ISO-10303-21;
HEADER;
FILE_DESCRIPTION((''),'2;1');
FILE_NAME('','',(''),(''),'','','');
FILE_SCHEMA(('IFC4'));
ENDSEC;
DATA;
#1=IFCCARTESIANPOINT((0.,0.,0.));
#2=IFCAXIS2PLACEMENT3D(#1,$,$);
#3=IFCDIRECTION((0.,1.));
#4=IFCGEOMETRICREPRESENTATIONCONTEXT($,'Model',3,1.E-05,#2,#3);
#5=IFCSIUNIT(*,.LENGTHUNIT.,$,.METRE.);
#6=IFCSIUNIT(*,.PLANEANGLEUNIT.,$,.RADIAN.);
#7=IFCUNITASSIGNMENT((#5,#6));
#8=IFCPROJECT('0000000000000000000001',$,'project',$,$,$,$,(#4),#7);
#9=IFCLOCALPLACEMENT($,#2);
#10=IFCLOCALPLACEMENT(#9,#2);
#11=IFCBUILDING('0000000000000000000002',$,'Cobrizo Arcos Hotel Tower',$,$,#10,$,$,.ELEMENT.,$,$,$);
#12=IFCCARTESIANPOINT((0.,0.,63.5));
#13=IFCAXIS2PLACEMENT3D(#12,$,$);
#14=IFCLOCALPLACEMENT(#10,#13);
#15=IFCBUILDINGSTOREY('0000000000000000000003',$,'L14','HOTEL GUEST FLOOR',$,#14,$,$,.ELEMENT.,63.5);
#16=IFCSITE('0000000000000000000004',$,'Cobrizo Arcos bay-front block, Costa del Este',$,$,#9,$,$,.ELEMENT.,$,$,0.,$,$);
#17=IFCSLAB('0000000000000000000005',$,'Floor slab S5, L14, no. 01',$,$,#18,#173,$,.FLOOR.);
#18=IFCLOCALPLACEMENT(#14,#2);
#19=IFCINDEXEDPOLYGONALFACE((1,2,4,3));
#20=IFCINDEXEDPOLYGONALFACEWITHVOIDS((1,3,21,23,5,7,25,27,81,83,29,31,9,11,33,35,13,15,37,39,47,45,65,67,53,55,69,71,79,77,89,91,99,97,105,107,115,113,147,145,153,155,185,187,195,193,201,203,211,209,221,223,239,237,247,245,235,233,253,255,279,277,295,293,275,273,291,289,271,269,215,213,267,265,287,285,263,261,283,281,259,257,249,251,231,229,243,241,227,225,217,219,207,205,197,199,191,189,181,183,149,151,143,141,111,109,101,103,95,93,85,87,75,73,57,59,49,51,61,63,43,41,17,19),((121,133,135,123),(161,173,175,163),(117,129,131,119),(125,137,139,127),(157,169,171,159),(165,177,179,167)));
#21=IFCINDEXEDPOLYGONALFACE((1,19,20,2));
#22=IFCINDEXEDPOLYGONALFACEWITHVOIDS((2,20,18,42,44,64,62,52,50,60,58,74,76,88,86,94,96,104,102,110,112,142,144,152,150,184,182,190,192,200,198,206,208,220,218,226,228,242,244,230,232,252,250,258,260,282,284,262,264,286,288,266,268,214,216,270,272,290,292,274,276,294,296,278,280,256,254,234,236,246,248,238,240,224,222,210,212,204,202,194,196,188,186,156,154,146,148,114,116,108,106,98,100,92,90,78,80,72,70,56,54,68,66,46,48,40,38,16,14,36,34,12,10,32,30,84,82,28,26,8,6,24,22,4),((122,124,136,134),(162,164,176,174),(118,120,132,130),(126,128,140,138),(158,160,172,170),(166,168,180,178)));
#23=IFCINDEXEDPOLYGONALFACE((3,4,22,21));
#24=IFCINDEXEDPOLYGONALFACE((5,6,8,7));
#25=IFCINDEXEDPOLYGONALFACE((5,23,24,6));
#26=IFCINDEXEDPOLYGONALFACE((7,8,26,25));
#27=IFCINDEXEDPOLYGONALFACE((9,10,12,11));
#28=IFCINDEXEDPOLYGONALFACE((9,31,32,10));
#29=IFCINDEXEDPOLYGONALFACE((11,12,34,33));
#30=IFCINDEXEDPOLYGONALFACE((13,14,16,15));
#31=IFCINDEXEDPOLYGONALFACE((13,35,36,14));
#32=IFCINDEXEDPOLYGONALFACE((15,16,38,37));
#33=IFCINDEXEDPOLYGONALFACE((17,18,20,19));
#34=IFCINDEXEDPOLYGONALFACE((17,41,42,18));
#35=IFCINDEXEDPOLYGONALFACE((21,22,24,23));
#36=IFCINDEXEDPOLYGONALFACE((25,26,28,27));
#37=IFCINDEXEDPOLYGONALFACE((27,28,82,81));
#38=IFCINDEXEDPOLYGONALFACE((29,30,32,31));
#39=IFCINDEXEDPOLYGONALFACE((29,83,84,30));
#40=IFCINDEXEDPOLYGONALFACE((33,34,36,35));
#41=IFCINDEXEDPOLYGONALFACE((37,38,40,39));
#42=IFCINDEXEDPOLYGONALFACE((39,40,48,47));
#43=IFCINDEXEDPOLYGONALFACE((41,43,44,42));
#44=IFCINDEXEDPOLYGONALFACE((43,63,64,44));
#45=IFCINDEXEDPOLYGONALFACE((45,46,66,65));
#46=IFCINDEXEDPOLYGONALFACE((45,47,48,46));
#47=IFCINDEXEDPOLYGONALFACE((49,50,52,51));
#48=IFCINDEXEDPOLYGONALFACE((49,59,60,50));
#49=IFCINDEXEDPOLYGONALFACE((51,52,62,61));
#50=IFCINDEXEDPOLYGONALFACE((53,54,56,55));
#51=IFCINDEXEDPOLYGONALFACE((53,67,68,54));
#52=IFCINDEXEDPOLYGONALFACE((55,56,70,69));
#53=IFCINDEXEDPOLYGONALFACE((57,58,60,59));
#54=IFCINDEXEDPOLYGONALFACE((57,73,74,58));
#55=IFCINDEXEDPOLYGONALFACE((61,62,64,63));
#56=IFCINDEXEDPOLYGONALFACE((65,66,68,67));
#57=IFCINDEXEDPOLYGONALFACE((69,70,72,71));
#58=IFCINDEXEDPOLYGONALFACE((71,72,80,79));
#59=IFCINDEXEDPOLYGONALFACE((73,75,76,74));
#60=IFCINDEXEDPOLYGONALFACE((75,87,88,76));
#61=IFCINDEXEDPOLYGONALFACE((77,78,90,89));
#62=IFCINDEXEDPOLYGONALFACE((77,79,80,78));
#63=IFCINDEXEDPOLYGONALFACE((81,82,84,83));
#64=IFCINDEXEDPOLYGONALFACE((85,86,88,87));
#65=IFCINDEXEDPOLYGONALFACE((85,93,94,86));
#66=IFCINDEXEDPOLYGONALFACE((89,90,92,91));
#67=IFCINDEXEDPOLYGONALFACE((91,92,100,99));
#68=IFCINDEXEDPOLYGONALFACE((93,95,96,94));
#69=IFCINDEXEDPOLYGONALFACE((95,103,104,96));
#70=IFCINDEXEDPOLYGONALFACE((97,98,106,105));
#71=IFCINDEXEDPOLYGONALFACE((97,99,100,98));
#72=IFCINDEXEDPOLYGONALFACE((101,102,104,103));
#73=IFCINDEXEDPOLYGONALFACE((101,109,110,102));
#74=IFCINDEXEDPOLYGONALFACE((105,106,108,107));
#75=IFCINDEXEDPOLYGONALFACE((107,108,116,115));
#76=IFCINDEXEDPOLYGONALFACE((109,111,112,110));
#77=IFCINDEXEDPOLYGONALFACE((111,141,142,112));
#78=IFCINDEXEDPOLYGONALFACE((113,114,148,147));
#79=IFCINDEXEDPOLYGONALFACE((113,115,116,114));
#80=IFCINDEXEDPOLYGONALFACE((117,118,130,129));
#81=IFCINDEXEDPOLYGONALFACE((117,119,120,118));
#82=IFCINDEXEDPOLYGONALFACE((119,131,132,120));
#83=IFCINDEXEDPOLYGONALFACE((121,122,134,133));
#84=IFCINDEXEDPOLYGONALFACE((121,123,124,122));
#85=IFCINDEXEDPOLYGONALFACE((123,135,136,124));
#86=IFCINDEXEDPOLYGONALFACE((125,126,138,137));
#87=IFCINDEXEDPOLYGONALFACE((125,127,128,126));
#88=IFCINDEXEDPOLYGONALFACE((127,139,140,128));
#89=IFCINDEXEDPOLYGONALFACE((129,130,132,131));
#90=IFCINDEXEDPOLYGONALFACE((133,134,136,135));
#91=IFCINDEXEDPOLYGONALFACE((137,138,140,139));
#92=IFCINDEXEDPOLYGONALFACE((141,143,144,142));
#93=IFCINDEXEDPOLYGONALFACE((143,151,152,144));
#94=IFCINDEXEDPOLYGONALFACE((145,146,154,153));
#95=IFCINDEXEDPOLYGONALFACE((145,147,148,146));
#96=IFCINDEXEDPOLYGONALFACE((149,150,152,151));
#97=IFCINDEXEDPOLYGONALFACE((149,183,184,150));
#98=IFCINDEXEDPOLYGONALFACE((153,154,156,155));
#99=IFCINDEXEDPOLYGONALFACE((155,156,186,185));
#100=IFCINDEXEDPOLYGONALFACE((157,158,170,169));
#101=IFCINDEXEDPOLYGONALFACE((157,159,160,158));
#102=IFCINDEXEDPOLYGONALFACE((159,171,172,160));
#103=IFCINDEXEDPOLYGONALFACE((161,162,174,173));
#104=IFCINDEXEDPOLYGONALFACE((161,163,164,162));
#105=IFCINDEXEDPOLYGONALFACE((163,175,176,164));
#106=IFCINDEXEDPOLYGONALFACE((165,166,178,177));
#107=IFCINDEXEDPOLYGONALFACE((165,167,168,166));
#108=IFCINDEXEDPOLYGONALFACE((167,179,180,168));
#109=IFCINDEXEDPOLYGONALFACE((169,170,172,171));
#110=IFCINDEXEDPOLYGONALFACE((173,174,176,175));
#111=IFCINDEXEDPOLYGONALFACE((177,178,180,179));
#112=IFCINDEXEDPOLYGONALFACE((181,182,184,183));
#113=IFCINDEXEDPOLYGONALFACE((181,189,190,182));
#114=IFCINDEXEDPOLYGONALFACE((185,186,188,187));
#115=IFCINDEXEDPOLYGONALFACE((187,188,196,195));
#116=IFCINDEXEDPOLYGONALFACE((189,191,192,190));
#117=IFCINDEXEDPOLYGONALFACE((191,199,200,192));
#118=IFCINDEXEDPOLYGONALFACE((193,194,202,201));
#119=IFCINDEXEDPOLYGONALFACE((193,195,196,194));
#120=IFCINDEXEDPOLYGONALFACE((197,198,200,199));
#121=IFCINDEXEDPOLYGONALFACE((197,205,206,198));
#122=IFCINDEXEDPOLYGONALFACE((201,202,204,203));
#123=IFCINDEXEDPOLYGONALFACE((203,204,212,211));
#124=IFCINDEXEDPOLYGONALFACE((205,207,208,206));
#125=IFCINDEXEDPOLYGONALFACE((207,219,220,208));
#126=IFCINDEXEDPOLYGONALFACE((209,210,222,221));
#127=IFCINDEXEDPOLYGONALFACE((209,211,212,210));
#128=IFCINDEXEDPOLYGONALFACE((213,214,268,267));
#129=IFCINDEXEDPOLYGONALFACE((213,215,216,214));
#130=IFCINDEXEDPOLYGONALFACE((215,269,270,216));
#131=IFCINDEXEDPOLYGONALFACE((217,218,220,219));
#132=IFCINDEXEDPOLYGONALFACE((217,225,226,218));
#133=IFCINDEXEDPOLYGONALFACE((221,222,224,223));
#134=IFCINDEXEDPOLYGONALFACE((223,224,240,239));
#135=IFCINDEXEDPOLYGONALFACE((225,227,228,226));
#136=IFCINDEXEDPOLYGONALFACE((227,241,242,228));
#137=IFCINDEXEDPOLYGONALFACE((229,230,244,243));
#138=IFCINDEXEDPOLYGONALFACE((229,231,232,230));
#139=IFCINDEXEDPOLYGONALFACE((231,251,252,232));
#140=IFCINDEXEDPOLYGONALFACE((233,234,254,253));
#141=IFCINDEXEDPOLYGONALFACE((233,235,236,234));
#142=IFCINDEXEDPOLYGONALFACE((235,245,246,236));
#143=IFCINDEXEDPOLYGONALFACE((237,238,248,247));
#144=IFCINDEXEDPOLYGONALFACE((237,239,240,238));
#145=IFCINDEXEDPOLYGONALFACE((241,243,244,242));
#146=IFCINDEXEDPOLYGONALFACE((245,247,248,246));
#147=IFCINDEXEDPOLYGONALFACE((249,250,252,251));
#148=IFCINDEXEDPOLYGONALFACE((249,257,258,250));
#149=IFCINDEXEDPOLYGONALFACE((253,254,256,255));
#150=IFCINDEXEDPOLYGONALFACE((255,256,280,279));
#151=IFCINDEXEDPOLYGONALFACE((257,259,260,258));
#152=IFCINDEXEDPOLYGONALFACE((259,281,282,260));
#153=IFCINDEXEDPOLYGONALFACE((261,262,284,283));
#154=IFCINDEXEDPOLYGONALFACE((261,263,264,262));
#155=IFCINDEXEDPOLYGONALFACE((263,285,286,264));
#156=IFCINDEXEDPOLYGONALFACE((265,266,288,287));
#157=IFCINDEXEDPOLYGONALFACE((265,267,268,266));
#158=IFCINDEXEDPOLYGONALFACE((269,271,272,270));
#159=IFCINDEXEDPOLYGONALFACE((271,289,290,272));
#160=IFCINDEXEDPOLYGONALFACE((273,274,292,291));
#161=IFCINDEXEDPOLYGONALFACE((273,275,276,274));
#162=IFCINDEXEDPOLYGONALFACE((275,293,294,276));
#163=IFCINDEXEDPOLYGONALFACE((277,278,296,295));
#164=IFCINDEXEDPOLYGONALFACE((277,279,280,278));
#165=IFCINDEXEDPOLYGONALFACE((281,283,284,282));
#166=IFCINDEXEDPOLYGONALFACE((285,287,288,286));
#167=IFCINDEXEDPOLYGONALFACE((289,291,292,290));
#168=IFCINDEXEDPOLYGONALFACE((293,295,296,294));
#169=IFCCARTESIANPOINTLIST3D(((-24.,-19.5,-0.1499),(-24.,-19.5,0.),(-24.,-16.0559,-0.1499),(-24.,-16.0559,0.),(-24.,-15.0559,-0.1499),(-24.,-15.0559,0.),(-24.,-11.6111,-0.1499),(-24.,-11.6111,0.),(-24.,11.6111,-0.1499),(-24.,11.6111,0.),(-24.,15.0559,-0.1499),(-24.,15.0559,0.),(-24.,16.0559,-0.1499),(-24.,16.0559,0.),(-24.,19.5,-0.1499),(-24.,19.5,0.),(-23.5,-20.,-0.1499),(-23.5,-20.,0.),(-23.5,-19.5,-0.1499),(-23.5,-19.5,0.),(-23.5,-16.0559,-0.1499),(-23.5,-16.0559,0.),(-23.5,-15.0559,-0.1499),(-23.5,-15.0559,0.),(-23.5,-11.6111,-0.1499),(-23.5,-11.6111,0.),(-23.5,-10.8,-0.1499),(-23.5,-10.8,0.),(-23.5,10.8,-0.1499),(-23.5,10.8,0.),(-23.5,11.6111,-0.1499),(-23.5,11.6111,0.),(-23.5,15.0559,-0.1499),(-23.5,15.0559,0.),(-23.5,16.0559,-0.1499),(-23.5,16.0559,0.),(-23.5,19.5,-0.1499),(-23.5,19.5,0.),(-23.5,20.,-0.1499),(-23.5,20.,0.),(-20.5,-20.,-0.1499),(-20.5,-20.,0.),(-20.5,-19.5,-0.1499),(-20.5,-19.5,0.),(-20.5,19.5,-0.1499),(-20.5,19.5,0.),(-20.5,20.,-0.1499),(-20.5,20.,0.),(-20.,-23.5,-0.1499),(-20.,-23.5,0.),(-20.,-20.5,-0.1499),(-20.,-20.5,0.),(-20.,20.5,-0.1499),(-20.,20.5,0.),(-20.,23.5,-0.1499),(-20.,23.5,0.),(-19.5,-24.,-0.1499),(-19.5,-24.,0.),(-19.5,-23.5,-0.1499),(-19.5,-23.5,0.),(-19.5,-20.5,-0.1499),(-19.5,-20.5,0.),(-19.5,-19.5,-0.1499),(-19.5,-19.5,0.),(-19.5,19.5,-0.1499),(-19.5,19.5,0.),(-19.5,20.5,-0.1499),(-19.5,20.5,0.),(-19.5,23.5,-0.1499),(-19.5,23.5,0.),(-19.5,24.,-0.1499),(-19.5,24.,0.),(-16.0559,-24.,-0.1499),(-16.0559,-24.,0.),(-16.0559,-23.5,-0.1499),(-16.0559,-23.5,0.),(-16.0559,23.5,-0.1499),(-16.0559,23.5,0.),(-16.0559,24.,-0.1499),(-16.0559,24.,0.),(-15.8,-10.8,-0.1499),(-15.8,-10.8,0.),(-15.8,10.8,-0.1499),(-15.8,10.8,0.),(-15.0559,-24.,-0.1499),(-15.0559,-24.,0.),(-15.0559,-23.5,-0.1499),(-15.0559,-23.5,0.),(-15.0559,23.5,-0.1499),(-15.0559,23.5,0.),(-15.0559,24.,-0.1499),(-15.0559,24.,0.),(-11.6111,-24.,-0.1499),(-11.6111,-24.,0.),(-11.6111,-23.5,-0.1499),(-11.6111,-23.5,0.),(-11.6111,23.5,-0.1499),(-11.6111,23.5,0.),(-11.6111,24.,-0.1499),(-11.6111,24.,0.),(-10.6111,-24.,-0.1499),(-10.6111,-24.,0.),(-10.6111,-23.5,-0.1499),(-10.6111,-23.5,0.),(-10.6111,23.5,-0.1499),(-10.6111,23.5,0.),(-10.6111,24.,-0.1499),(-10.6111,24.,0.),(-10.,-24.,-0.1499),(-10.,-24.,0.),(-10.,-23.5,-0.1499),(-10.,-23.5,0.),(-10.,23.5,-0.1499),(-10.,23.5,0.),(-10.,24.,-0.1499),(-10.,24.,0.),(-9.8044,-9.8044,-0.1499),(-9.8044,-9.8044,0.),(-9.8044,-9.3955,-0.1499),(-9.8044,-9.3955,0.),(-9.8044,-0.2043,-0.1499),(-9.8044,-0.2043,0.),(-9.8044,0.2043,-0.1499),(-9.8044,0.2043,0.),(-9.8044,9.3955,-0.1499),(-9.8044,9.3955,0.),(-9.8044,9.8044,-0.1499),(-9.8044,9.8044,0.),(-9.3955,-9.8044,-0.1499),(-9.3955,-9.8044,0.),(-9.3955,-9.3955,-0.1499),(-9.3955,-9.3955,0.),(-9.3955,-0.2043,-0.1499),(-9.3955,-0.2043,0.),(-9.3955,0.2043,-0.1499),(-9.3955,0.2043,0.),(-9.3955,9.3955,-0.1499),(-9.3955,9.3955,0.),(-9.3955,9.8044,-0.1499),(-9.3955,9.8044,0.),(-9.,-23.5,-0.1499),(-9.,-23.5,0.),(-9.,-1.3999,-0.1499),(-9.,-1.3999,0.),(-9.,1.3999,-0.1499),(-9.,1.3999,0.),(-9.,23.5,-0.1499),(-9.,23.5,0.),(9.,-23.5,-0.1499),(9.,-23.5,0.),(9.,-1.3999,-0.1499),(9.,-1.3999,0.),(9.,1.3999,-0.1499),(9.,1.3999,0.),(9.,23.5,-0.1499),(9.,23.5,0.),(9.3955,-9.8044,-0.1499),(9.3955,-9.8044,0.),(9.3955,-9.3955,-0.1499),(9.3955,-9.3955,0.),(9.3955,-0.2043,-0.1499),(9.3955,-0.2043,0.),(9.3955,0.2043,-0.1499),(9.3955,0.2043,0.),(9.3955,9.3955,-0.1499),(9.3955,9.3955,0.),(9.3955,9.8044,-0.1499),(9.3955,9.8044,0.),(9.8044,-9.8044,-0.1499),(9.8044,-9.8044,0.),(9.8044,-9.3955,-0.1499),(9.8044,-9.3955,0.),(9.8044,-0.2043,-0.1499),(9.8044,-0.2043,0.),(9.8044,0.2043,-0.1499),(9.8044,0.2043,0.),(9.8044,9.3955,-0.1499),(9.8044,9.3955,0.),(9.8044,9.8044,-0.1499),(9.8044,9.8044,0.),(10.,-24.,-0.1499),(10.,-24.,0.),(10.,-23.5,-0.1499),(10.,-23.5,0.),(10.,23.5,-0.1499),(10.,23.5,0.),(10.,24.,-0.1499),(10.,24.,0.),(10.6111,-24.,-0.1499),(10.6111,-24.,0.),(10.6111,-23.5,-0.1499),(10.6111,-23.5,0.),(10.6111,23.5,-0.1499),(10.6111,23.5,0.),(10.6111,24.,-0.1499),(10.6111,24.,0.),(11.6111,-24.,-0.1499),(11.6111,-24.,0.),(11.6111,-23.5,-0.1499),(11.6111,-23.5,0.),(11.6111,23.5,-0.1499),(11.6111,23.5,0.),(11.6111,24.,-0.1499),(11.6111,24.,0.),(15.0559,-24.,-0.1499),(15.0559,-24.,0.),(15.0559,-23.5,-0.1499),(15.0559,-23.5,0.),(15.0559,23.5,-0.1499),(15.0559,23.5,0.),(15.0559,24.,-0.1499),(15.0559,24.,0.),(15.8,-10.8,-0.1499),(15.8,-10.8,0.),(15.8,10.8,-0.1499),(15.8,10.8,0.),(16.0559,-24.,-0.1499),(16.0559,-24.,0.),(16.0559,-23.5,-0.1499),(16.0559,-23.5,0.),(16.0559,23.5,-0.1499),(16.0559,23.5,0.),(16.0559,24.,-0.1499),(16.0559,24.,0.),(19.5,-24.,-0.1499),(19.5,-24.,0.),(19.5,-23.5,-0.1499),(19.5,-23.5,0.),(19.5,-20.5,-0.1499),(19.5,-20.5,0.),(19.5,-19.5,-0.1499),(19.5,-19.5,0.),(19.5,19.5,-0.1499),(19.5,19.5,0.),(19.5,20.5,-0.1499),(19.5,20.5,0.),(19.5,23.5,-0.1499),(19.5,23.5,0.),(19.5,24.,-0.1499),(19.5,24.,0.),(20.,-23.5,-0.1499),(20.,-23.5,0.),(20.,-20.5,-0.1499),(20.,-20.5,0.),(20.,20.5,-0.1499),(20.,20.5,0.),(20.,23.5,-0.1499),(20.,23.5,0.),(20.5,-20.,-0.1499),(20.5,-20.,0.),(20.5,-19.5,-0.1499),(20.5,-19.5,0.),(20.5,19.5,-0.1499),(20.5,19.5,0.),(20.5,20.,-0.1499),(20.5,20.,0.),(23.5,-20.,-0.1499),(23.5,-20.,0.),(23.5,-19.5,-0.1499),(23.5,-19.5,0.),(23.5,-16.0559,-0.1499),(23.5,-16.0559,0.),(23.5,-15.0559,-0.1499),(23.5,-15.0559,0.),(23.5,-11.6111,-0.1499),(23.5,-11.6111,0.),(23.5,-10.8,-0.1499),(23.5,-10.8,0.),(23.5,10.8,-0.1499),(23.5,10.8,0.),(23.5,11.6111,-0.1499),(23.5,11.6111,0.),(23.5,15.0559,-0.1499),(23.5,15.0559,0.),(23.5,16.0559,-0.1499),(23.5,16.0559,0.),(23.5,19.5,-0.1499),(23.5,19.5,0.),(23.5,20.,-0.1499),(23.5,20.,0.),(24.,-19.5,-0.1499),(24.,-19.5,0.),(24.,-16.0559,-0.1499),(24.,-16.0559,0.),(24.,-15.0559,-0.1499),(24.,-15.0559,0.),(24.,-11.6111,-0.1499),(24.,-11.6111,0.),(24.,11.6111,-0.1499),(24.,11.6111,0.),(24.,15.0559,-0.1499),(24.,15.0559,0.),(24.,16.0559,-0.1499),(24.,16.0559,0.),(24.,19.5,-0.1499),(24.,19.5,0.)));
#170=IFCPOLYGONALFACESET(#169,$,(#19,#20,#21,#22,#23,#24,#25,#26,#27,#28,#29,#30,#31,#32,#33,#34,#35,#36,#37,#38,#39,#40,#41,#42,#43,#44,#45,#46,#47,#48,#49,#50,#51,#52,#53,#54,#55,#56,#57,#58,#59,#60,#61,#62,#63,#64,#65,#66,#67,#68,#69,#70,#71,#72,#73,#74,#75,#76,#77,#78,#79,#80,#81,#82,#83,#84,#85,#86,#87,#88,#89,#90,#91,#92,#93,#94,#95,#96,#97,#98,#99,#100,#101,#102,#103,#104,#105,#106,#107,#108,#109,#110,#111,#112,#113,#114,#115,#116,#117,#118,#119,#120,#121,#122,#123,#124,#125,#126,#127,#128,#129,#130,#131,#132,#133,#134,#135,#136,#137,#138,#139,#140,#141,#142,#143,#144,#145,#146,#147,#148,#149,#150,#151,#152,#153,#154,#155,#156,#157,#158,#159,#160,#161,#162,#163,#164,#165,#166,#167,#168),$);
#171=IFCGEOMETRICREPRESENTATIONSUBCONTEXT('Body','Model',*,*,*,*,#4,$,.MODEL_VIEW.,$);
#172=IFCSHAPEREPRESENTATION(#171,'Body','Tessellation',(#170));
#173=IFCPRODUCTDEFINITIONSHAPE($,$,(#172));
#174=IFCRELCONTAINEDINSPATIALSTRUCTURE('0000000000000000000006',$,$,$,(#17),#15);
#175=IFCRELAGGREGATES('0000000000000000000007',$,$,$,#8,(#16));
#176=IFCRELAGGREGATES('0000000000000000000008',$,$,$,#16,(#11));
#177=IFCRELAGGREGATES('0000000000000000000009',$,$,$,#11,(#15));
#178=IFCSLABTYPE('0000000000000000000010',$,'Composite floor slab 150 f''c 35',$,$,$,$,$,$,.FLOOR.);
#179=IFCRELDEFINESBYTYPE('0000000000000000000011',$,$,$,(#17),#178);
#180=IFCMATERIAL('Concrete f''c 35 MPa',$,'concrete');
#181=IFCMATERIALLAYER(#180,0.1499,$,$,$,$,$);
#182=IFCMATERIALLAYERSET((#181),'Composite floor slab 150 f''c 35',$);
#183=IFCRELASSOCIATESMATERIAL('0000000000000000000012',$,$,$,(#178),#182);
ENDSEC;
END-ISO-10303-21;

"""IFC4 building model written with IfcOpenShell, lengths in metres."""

from ifc_helpers import new_model, si_unit, direction, frame, origin, place, context, subcontext, project, spatial, polyline, outline, extrude, material, layer, layer_set, type_object, element, save


model = new_model("IFC4")

# Units and contexts
model_context = context("Model", 3, precision=1e-05, world=origin(), true_north=direction((0.0, 1.0)))
body_context = subcontext(model_context, "Body", "Model", "MODEL_VIEW")
ifc_project = project(units=[si_unit("LENGTHUNIT", "METRE"), si_unit("PLANEANGLEUNIT", "RADIAN")], contexts=[model_context])

# Site, building, storey
site_placement = place(None, origin())
site = spatial("IfcSite", under=ifc_project, at=site_placement, Name="Cobrizo Arcos bay-front block, Costa del Este", CompositionType="ELEMENT", RefElevation=0.0)
building_placement = place(site_placement, origin())
building = spatial("IfcBuilding", under=site, at=building_placement, Name="Cobrizo Arcos Hotel Tower", CompositionType="ELEMENT")
storey_placement = place(building_placement, frame((0.0, 0.0, 63.5)))
storey = spatial("IfcBuildingStorey", under=building, at=storey_placement, Name="L14", Description="HOTEL GUEST FLOOR", CompositionType="ELEMENT", Elevation=63.5)

# Slab
ifc_material_1 = material(Name="Concrete f'c 35 MPa", Category="concrete")
ifc_layer_1 = layer(ifc_material_1, 0.1499)
ifc_layer_set_1 = layer_set([ifc_layer_1], Name="Composite floor slab 150 f'c 35")
slab_type_1 = type_object("IfcSlabType", Name="Composite floor slab 150 f'c 35", PredefinedType="FLOOR", material=ifc_layer_set_1)
slab_1_placement = place(storey_placement, frame((0.0, 0.0, -0.1499)))
element("IfcSlab", 1, at=slab_1_placement, inside=storey, type_object=slab_type_1, Name="Floor slab S5, L14, no. 01", PredefinedType="FLOOR", context=body_context, shape_type="SweptSolid", body=[
    extrude(outline(polyline([(23.5, 20.0), (23.5, 19.5), (24.0, 19.5), (24.0, 16.0559), (23.5, 16.0559), (23.5, 15.0559), (24.0, 15.0559), (24.0, 11.6111), (23.5, 11.6111), (23.5, 10.8), (15.8, 10.8), (15.8, -10.8), (23.5, -10.8), (23.5, -11.6111), (24.0, -11.6111), (24.0, -15.0559), (23.5, -15.0559), (23.5, -16.0559), (24.0, -16.0559), (24.0, -19.5), (23.5, -19.5), (23.5, -20.0), (20.5, -20.0), (20.5, -19.5), (19.5, -19.5), (19.5, -20.5), (20.0, -20.5), (20.0, -23.5), (19.5, -23.5), (19.5, -24.0), (16.0559, -24.0), (16.0559, -23.5), (15.0559, -23.5), (15.0559, -24.0), (11.6111, -24.0), (11.6111, -23.5), (10.6111, -23.5), (10.6111, -24.0), (10.0, -24.0), (10.0, -23.5), (9.0, -23.5), (9.0, -1.3999), (-9.0, -1.3999), (-9.0, -23.5), (-10.0, -23.5), (-10.0, -24.0), (-10.6111, -24.0), (-10.6111, -23.5), (-11.6111, -23.5), (-11.6111, -24.0), (-15.0559, -24.0), (-15.0559, -23.5), (-16.0559, -23.5), (-16.0559, -24.0), (-19.5, -24.0), (-19.5, -23.5), (-20.0, -23.5), (-20.0, -20.5), (-19.5, -20.5), (-19.5, -19.5), (-20.5, -19.5), (-20.5, -20.0), (-23.5, -20.0), (-23.5, -19.5), (-24.0, -19.5), (-24.0, -16.0559), (-23.5, -16.0559), (-23.5, -15.0559), (-24.0, -15.0559), (-24.0, -11.6111), (-23.5, -11.6111), (-23.5, -10.8), (-15.8, -10.8), (-15.8, 10.8), (-23.5, 10.8), (-23.5, 11.6111), (-24.0, 11.6111), (-24.0, 15.0559), (-23.5, 15.0559), (-23.5, 16.0559), (-24.0, 16.0559), (-24.0, 19.5), (-23.5, 19.5), (-23.5, 20.0), (-20.5, 20.0), (-20.5, 19.5), (-19.5, 19.5), (-19.5, 20.5), (-20.0, 20.5), (-20.0, 23.5), (-19.5, 23.5), (-19.5, 24.0), (-16.0559, 24.0), (-16.0559, 23.5), (-15.0559, 23.5), (-15.0559, 24.0), (-11.6111, 24.0), (-11.6111, 23.5), (-10.6111, 23.5), (-10.6111, 24.0), (-10.0, 24.0), (-10.0, 23.5), (-9.0, 23.5), (-9.0, 1.3999), (9.0, 1.3999), (9.0, 23.5), (10.0, 23.5), (10.0, 24.0), (10.6111, 24.0), (10.6111, 23.5), (11.6111, 23.5), (11.6111, 24.0), (15.0559, 24.0), (15.0559, 23.5), (16.0559, 23.5), (16.0559, 24.0), (19.5, 24.0), (19.5, 23.5), (20.0, 23.5), (20.0, 20.5), (19.5, 20.5), (19.5, 19.5), (20.5, 19.5), (20.5, 20.0), (23.5, 20.0)]), holes=[polyline([(-9.8044, -9.8044), (-9.3955, -9.8044), (-9.3955, -9.3955), (-9.8044, -9.3955), (-9.8044, -9.8044)]), polyline([(-9.3955, -0.2043), (-9.3955, 0.2043), (-9.8044, 0.2043), (-9.8044, -0.2043), (-9.3955, -0.2043)]), polyline([(-9.3955, 9.3955), (-9.3955, 9.8044), (-9.8044, 9.8044), (-9.8044, 9.3955), (-9.3955, 9.3955)]), polyline([(9.3955, -9.8044), (9.8044, -9.8044), (9.8044, -9.3955), (9.3955, -9.3955), (9.3955, -9.8044)]), polyline([(9.3955, -0.2043), (9.8044, -0.2043), (9.8044, 0.2043), (9.3955, 0.2043), (9.3955, -0.2043)]), polyline([(9.8044, 9.3955), (9.8044, 9.8044), (9.3955, 9.8044), (9.3955, 9.3955), (9.8044, 9.3955)])]), origin(), (0.0, 0.0, 1.0), 0.1499),
])

save(model, "model.ifc")
